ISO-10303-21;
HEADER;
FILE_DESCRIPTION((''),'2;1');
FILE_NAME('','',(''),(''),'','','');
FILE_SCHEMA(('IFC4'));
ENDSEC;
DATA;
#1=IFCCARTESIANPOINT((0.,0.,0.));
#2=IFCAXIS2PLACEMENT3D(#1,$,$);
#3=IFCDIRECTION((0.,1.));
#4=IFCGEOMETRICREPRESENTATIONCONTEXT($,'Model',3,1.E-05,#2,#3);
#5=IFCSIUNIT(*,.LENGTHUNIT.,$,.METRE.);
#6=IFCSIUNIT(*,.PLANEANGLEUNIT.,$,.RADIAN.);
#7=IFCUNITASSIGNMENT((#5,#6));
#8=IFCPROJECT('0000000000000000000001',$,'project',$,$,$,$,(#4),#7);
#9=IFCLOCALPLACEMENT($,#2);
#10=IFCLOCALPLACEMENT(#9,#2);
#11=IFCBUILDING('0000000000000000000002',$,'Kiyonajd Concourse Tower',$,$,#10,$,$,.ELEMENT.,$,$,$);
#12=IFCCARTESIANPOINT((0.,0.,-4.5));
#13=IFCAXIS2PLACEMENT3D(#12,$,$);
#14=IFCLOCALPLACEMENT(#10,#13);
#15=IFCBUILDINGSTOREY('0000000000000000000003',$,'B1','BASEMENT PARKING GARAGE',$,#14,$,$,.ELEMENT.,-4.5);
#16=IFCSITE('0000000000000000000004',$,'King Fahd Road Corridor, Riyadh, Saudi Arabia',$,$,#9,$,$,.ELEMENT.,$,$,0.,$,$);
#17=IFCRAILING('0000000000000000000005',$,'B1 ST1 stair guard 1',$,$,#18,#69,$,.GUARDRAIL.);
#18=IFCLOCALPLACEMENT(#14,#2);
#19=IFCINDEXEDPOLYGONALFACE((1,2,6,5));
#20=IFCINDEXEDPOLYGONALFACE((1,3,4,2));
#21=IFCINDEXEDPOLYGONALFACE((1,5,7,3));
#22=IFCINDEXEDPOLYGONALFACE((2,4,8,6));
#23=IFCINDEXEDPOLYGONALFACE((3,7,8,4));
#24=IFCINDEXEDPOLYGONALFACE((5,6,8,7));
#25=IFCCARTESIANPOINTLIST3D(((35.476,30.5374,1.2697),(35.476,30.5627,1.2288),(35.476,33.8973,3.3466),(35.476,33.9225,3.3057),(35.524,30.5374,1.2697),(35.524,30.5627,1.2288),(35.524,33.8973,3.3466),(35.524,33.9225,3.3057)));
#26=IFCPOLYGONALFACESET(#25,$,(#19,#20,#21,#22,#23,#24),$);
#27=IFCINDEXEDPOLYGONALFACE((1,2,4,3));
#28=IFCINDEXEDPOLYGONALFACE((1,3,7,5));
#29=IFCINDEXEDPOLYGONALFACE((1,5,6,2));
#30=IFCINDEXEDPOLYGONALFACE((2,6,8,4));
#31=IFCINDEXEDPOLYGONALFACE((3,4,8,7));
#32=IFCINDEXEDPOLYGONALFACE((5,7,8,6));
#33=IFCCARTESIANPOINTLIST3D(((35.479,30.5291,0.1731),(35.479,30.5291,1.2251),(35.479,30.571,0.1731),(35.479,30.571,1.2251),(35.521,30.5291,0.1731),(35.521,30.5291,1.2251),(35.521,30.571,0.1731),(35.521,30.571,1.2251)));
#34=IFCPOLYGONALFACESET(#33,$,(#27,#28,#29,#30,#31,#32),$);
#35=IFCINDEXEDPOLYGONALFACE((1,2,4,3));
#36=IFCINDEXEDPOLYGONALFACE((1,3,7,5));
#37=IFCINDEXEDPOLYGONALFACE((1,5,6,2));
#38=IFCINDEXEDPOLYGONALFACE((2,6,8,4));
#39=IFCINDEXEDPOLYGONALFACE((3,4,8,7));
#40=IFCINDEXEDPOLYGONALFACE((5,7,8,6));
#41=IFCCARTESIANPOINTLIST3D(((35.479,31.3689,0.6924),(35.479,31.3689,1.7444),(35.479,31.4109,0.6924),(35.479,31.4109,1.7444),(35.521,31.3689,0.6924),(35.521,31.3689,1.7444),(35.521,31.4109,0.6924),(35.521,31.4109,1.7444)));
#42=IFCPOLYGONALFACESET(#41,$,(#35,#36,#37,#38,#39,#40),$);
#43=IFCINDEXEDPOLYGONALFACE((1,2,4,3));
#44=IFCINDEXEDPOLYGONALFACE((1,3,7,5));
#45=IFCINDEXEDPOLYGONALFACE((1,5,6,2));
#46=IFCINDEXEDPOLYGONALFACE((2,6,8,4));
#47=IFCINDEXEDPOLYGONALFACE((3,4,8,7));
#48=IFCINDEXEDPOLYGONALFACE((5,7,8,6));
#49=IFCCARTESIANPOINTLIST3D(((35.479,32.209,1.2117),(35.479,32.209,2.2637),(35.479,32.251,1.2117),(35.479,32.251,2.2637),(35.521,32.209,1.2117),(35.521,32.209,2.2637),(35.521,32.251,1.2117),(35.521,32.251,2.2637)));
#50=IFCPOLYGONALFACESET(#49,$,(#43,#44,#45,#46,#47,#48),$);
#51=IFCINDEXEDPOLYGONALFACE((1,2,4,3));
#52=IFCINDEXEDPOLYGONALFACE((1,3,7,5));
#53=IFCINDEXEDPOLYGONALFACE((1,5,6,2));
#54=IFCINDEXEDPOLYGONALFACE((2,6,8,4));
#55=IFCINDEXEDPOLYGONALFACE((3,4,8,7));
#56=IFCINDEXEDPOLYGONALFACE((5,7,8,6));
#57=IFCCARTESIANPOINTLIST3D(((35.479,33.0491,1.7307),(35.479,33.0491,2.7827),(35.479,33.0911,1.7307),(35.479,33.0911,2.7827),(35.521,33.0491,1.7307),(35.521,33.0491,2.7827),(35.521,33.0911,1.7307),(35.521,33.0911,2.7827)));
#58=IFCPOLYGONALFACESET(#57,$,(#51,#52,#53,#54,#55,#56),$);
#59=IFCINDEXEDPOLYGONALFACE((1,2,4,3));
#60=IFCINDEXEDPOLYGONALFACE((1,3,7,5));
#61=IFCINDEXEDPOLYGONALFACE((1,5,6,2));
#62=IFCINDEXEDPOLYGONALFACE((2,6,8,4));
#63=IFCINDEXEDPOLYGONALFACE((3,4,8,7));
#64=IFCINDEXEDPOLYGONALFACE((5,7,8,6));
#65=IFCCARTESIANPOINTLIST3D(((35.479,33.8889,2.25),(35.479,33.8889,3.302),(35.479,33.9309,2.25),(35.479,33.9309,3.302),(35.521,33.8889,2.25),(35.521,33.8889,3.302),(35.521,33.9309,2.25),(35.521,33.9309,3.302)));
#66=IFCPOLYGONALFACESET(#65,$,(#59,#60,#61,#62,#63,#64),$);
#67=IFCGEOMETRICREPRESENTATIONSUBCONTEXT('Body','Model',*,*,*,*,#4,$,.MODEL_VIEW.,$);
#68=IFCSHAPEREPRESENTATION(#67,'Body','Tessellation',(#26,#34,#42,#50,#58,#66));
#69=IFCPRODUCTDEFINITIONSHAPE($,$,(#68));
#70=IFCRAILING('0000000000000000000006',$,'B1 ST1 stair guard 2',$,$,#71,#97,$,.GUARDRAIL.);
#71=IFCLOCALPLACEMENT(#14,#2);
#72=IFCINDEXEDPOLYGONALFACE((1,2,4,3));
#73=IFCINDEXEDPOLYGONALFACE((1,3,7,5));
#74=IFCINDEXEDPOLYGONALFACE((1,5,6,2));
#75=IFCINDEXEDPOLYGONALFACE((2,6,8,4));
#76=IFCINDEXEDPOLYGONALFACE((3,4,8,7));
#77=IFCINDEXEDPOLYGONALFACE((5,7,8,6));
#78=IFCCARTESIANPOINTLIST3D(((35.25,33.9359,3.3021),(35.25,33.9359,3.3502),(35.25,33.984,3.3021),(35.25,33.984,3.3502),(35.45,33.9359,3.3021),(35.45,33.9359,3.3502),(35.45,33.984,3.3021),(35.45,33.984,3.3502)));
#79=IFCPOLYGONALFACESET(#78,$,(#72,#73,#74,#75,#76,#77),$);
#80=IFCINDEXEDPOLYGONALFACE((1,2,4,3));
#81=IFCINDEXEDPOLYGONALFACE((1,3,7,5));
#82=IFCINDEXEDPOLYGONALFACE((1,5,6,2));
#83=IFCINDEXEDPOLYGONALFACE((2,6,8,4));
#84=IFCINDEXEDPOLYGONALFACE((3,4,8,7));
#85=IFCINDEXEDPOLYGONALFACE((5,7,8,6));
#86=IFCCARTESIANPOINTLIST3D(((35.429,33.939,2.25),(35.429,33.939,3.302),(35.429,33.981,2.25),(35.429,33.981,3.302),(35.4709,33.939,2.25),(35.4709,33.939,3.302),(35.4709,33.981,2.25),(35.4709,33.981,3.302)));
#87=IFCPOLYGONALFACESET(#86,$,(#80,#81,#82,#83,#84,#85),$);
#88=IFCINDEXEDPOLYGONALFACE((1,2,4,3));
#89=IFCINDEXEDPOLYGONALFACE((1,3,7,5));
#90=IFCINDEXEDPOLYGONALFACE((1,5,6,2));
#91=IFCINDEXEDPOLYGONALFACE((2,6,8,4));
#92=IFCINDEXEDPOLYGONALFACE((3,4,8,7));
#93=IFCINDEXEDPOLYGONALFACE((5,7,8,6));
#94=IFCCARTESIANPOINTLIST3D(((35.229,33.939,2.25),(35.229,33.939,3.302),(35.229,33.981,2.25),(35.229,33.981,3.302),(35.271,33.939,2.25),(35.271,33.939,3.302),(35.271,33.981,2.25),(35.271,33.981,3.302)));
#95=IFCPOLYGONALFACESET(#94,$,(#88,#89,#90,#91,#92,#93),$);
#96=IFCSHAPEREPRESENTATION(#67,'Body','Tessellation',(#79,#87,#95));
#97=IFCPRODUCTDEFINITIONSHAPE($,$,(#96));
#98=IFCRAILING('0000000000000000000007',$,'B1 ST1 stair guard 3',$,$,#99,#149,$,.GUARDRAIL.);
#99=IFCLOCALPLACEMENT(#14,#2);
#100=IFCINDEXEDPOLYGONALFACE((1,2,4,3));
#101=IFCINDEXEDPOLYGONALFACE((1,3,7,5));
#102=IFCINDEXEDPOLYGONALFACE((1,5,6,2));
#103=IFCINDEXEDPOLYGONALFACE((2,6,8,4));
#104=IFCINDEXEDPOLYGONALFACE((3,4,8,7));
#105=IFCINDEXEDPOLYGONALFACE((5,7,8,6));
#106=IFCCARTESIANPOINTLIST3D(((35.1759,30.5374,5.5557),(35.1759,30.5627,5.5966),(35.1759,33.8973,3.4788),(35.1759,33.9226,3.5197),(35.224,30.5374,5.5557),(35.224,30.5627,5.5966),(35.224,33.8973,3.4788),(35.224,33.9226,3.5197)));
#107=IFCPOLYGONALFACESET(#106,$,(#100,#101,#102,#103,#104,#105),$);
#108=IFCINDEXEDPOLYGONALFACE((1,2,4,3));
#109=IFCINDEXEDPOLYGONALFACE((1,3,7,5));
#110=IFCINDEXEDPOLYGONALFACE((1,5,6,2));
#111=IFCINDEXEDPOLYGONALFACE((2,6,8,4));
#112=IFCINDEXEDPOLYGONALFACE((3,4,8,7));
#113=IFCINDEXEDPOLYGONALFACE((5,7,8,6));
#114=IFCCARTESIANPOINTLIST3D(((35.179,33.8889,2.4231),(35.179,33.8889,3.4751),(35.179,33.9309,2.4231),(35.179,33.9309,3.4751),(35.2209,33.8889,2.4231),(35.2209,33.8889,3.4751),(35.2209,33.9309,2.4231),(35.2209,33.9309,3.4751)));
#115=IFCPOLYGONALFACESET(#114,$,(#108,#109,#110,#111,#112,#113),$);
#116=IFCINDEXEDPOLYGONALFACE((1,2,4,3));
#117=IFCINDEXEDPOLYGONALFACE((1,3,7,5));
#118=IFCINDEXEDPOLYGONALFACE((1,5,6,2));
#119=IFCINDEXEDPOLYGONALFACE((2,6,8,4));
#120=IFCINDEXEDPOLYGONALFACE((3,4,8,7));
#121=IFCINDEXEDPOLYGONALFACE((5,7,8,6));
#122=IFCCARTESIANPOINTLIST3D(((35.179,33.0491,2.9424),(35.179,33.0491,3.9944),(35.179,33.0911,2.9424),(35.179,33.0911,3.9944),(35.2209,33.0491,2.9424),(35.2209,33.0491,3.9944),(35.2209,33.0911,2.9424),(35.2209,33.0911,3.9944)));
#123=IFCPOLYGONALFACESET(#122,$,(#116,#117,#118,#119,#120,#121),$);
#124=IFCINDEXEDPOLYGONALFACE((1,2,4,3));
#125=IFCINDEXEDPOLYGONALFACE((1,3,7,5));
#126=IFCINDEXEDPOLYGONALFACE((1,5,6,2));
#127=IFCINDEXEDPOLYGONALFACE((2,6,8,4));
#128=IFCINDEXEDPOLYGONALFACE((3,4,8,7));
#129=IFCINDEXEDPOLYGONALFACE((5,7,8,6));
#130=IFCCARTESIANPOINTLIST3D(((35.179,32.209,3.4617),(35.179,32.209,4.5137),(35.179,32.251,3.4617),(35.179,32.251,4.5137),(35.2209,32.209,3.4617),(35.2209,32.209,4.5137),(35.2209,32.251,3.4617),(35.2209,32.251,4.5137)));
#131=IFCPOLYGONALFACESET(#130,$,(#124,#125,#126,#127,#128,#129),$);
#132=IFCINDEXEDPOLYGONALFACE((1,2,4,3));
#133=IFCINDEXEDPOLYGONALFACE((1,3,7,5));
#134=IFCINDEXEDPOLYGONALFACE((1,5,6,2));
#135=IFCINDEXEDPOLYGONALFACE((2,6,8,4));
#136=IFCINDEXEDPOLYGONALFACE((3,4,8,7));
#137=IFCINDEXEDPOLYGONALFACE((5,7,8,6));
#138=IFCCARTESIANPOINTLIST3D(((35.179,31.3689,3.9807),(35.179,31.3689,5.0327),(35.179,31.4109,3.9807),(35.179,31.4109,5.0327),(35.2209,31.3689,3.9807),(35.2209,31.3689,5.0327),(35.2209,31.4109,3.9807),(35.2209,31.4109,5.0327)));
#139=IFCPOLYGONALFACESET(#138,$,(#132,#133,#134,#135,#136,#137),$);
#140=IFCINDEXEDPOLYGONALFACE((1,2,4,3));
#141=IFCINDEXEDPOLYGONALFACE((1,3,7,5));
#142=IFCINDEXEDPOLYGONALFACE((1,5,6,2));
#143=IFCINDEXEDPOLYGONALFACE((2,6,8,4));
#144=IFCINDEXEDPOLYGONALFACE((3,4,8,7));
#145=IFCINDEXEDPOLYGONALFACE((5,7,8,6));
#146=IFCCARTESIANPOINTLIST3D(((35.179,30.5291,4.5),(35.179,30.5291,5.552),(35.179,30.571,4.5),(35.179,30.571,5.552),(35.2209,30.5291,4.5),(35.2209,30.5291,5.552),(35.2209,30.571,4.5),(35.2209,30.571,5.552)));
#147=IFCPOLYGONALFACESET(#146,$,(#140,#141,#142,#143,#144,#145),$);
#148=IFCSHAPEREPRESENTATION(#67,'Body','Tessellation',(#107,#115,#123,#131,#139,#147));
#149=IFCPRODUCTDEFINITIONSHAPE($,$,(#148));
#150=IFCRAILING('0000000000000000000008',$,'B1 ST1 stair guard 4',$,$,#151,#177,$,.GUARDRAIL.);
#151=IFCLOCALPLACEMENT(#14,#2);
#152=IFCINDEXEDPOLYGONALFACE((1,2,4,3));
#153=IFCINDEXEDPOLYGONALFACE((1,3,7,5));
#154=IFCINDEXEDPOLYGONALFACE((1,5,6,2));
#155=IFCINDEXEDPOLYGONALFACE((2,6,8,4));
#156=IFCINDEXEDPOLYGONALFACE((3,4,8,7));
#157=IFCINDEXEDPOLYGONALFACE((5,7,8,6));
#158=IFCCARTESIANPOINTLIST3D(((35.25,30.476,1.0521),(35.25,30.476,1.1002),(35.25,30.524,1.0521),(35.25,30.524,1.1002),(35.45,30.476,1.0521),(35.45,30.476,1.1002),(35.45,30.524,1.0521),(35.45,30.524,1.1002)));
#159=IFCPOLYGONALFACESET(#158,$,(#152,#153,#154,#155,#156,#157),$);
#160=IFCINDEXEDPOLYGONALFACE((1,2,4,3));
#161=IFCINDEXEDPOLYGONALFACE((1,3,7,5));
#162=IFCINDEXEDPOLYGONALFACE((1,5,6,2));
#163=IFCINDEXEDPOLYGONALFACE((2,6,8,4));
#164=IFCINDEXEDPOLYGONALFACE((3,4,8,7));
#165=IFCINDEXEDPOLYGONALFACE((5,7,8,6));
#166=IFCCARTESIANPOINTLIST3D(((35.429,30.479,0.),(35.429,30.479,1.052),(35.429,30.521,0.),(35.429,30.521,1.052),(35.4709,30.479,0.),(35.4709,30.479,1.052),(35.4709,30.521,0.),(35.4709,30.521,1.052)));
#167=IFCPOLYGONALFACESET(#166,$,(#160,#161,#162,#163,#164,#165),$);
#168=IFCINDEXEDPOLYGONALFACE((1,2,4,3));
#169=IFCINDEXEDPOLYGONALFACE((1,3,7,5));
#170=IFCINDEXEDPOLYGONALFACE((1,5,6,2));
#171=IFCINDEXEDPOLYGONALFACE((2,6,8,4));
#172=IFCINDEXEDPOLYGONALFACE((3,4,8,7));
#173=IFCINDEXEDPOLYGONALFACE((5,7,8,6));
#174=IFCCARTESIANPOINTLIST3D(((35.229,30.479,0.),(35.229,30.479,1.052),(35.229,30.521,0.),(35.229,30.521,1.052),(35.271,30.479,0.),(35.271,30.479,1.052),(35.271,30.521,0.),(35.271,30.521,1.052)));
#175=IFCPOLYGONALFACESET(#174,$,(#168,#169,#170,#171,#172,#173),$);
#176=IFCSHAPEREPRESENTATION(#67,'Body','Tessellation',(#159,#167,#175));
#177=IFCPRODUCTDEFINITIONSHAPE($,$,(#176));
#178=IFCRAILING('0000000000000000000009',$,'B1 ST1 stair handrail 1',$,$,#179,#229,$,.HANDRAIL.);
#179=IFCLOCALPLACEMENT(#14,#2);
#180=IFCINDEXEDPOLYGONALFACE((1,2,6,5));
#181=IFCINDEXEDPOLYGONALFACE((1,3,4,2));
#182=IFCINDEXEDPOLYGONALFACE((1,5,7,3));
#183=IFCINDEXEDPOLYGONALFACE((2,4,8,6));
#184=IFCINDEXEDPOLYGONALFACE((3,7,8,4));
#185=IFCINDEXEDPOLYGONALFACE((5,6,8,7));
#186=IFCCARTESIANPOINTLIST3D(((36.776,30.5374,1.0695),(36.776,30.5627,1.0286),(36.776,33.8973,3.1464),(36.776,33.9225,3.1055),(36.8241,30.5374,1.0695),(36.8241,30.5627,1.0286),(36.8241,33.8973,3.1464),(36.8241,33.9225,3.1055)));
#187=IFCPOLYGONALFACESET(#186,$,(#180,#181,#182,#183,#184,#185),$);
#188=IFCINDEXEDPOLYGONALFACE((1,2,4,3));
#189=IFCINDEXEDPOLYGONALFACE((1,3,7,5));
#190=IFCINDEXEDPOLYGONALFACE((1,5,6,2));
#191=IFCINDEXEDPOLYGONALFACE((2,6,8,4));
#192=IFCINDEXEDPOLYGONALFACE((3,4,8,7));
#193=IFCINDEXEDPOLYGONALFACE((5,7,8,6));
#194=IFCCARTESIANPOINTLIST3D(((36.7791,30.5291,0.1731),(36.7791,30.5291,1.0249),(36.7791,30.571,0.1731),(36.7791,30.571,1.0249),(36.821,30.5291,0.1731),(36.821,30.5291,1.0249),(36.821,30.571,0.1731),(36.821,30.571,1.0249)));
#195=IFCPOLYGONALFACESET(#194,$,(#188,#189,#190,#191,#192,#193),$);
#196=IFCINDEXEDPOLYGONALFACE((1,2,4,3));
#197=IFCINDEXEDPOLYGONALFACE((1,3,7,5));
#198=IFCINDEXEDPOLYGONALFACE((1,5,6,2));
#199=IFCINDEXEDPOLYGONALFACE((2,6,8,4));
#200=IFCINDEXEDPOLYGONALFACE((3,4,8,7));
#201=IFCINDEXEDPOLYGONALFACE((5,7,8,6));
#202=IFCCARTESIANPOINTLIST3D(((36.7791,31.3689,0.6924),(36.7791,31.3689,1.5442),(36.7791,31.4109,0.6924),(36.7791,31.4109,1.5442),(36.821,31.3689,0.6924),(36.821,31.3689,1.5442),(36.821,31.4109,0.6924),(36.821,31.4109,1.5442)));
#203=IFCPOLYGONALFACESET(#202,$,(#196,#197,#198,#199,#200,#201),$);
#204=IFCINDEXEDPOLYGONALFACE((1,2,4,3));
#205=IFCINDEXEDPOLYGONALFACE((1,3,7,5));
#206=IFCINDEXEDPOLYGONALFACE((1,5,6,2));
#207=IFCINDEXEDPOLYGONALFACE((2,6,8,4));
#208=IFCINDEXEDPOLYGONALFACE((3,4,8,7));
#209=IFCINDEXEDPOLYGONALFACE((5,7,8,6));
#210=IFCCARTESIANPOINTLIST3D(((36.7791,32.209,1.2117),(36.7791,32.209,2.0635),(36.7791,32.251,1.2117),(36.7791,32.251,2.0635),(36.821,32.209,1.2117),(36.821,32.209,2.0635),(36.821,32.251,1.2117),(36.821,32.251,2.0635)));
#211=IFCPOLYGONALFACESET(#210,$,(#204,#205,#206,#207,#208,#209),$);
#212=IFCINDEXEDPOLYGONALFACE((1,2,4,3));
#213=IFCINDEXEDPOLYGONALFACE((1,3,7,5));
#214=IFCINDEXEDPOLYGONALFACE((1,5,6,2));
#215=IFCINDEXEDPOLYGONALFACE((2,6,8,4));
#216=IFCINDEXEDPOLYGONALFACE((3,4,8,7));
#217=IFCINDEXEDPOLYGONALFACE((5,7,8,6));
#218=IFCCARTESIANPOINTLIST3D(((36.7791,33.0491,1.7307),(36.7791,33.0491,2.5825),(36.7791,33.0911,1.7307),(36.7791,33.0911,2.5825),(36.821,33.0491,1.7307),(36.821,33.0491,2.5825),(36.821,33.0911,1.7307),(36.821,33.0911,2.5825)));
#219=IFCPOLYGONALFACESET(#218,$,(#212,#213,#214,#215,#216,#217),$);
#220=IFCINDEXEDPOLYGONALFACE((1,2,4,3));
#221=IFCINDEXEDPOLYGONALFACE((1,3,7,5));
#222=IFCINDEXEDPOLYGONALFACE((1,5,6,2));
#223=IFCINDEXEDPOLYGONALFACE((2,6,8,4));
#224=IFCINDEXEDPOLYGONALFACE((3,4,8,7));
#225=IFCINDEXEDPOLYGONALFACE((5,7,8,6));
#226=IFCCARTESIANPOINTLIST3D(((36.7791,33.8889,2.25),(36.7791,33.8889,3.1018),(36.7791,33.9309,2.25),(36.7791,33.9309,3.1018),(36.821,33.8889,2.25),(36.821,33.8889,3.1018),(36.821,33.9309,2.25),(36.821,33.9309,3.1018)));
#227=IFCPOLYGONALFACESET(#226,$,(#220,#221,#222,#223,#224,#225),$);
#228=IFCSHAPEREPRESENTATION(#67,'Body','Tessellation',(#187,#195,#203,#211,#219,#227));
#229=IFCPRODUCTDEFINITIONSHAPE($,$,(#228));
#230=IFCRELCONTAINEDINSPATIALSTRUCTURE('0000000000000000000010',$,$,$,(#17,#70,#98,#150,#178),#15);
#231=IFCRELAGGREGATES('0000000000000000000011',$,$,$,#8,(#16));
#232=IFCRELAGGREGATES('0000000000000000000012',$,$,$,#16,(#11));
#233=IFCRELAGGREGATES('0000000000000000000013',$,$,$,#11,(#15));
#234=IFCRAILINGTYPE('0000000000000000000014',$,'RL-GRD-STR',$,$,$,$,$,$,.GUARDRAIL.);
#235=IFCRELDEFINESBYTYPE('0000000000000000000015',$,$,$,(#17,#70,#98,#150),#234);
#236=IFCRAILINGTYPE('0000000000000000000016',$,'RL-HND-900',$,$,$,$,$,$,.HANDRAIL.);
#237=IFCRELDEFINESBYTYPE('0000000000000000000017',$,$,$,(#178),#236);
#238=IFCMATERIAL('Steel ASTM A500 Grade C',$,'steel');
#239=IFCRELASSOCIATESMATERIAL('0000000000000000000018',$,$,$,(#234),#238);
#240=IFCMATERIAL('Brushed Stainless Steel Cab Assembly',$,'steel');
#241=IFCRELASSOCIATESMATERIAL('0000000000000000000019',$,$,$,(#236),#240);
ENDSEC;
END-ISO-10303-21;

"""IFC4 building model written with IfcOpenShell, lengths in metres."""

from ifc_helpers import new_model, si_unit, direction, frame, origin, origin_2d, place, context, subcontext, project, spatial, rectangle, extrude, material, type_object, element, save


model = new_model("IFC4")

# Units and contexts
model_context = context("Model", 3, precision=1e-05, world=origin(), true_north=direction((0.0, 1.0)))
body_context = subcontext(model_context, "Body", "Model", "MODEL_VIEW")
ifc_project = project(units=[si_unit("LENGTHUNIT", "METRE"), si_unit("PLANEANGLEUNIT", "RADIAN")], contexts=[model_context])

# Site, building, storey
site_placement = place(None, origin())
site = spatial("IfcSite", under=ifc_project, at=site_placement, Name="King Fahd Road Corridor, Riyadh, Saudi Arabia", CompositionType="ELEMENT", RefElevation=0.0)
building_placement = place(site_placement, origin())
building = spatial("IfcBuilding", under=site, at=building_placement, Name="Kiyonajd Concourse Tower", CompositionType="ELEMENT")
storey_placement = place(building_placement, frame((0.0, 0.0, -4.5)))
storey = spatial("IfcBuildingStorey", under=building, at=storey_placement, Name="B1", Description="BASEMENT PARKING GARAGE", CompositionType="ELEMENT", Elevation=-4.5)

# Shared definitions
ifc_material_1 = material(Name="Brushed Stainless Steel Cab Assembly", Category="steel")

# Railings
ifc_material_2 = material(Name="Steel ASTM A500 Grade C", Category="steel")
railing_type_1 = type_object("IfcRailingType", Name="RL-GRD-STR", PredefinedType="GUARDRAIL", material=ifc_material_2)
railing_1_placement = place(storey_placement, frame((35.5, 30.55, 0.1731)))
element("IfcRailing", 1, at=railing_1_placement, inside=storey, type_object=railing_type_1, Name="B1 ST1 stair guard 1", PredefinedType="GUARDRAIL", context=body_context, shape_type="SweptSolid", body=[
    extrude(rectangle(XDim=0.0481, YDim=0.0481, at=origin_2d()), frame((0.0, 0.0, 1.0762), z_axis=(0.0, 0.850606, 0.525803), x_axis=(-1.0, 0.0, 0.0)), (0.0, 0.0, 1.0), 3.95),
    extrude(rectangle(XDim=0.042, YDim=0.042, at=origin_2d()), origin(), (0.0, 0.0, 1.0), 1.052),
    extrude(rectangle(XDim=0.042, YDim=0.042, at=origin_2d()), frame((0.0, 0.8398, 0.5193)), (0.0, 0.0, 1.0), 1.052),
    extrude(rectangle(XDim=0.042, YDim=0.042, at=origin_2d()), frame((0.0, 1.6799, 1.0386)), (0.0, 0.0, 1.0), 1.052),
    extrude(rectangle(XDim=0.042, YDim=0.042, at=origin_2d()), frame((0.0, 2.52, 1.5576)), (0.0, 0.0, 1.0), 1.052),
    extrude(rectangle(XDim=0.042, YDim=0.042, at=origin_2d()), frame((0.0, 3.3599, 2.0769)), (0.0, 0.0, 1.0), 1.052),
])
railing_2_placement = place(storey_placement, frame((35.45, 33.96, 2.25)))
element("IfcRailing", 2, at=railing_2_placement, inside=storey, type_object=railing_type_1, Name="B1 ST1 stair guard 2", PredefinedType="GUARDRAIL", context=body_context, shape_type="SweptSolid", body=[
    extrude(rectangle(XDim=0.0481, YDim=0.0481, at=origin_2d()), frame((0.0, 0.0, 1.0762), z_axis=(-1.0, 0.0, 0.0), x_axis=(0.0, -1.0, 0.0)), (0.0, 0.0, 1.0), 0.2),
    extrude(rectangle(XDim=0.042, YDim=0.042, at=origin_2d()), origin(), (0.0, 0.0, 1.0), 1.052),
    extrude(rectangle(XDim=0.042, YDim=0.042, at=origin_2d()), frame((-0.2, 0.0, 0.0)), (0.0, 0.0, 1.0), 1.052),
])
railing_3_placement = place(storey_placement, frame((35.2, 33.9099, 2.4231)))
element("IfcRailing", 3, at=railing_3_placement, inside=storey, type_object=railing_type_1, Name="B1 ST1 stair guard 3", PredefinedType="GUARDRAIL", context=body_context, shape_type="SweptSolid", body=[
    extrude(rectangle(XDim=0.0481, YDim=0.0481, at=origin_2d()), frame((0.0, 0.0, 1.0762), z_axis=(0.0, -0.850606, 0.525803), x_axis=(1.0, 0.0, 0.0)), (0.0, 0.0, 1.0), 3.95),
    extrude(rectangle(XDim=0.042, YDim=0.042, at=origin_2d()), origin(), (0.0, 0.0, 1.0), 1.052),
    extrude(rectangle(XDim=0.042, YDim=0.042, at=origin_2d()), frame((0.0, -0.8398, 0.5193)), (0.0, 0.0, 1.0), 1.052),
    extrude(rectangle(XDim=0.042, YDim=0.042, at=origin_2d()), frame((0.0, -1.6799, 1.0386)), (0.0, 0.0, 1.0), 1.052),
    extrude(rectangle(XDim=0.042, YDim=0.042, at=origin_2d()), frame((0.0, -2.52, 1.5576)), (0.0, 0.0, 1.0), 1.052),
    extrude(rectangle(XDim=0.042, YDim=0.042, at=origin_2d()), frame((0.0, -3.3599, 2.0769)), (0.0, 0.0, 1.0), 1.052),
])
railing_4_placement = place(storey_placement, frame((35.45, 30.5, 0.0)))
element("IfcRailing", 4, at=railing_4_placement, inside=storey, type_object=railing_type_1, Name="B1 ST1 stair guard 4", PredefinedType="GUARDRAIL", context=body_context, shape_type="SweptSolid", body=[
    extrude(rectangle(XDim=0.0481, YDim=0.0481, at=origin_2d()), frame((0.0, 0.0, 1.0762), z_axis=(-1.0, 0.0, 0.0), x_axis=(0.0, -1.0, 0.0)), (0.0, 0.0, 1.0), 0.2),
    extrude(rectangle(XDim=0.042, YDim=0.042, at=origin_2d()), origin(), (0.0, 0.0, 1.0), 1.052),
    extrude(rectangle(XDim=0.042, YDim=0.042, at=origin_2d()), frame((-0.2, 0.0, 0.0)), (0.0, 0.0, 1.0), 1.052),
])
railing_type_2 = type_object("IfcRailingType", Name="RL-HND-900", PredefinedType="HANDRAIL", material=ifc_material_1)
railing_5_placement = place(storey_placement, frame((36.8, 30.55, 0.1731)))
element("IfcRailing", 5, at=railing_5_placement, inside=storey, type_object=railing_type_2, Name="B1 ST1 stair handrail 1", PredefinedType="HANDRAIL", context=body_context, shape_type="SweptSolid", body=[
    extrude(rectangle(XDim=0.0481, YDim=0.0481, at=origin_2d()), frame((0.0, 0.0, 0.876), z_axis=(0.0, 0.850606, 0.525803), x_axis=(-1.0, 0.0, 0.0)), (0.0, 0.0, 1.0), 3.95),
    extrude(rectangle(XDim=0.042, YDim=0.042, at=origin_2d()), origin(), (0.0, 0.0, 1.0), 0.8518),
    extrude(rectangle(XDim=0.042, YDim=0.042, at=origin_2d()), frame((0.0, 0.8398, 0.5193)), (0.0, 0.0, 1.0), 0.8518),
    extrude(rectangle(XDim=0.042, YDim=0.042, at=origin_2d()), frame((0.0, 1.6799, 1.0386)), (0.0, 0.0, 1.0), 0.8518),
    extrude(rectangle(XDim=0.042, YDim=0.042, at=origin_2d()), frame((0.0, 2.52, 1.5576)), (0.0, 0.0, 1.0), 0.8518),
    extrude(rectangle(XDim=0.042, YDim=0.042, at=origin_2d()), frame((0.0, 3.3599, 2.0769)), (0.0, 0.0, 1.0), 0.8518),
])

save(model, "model.ifc")
